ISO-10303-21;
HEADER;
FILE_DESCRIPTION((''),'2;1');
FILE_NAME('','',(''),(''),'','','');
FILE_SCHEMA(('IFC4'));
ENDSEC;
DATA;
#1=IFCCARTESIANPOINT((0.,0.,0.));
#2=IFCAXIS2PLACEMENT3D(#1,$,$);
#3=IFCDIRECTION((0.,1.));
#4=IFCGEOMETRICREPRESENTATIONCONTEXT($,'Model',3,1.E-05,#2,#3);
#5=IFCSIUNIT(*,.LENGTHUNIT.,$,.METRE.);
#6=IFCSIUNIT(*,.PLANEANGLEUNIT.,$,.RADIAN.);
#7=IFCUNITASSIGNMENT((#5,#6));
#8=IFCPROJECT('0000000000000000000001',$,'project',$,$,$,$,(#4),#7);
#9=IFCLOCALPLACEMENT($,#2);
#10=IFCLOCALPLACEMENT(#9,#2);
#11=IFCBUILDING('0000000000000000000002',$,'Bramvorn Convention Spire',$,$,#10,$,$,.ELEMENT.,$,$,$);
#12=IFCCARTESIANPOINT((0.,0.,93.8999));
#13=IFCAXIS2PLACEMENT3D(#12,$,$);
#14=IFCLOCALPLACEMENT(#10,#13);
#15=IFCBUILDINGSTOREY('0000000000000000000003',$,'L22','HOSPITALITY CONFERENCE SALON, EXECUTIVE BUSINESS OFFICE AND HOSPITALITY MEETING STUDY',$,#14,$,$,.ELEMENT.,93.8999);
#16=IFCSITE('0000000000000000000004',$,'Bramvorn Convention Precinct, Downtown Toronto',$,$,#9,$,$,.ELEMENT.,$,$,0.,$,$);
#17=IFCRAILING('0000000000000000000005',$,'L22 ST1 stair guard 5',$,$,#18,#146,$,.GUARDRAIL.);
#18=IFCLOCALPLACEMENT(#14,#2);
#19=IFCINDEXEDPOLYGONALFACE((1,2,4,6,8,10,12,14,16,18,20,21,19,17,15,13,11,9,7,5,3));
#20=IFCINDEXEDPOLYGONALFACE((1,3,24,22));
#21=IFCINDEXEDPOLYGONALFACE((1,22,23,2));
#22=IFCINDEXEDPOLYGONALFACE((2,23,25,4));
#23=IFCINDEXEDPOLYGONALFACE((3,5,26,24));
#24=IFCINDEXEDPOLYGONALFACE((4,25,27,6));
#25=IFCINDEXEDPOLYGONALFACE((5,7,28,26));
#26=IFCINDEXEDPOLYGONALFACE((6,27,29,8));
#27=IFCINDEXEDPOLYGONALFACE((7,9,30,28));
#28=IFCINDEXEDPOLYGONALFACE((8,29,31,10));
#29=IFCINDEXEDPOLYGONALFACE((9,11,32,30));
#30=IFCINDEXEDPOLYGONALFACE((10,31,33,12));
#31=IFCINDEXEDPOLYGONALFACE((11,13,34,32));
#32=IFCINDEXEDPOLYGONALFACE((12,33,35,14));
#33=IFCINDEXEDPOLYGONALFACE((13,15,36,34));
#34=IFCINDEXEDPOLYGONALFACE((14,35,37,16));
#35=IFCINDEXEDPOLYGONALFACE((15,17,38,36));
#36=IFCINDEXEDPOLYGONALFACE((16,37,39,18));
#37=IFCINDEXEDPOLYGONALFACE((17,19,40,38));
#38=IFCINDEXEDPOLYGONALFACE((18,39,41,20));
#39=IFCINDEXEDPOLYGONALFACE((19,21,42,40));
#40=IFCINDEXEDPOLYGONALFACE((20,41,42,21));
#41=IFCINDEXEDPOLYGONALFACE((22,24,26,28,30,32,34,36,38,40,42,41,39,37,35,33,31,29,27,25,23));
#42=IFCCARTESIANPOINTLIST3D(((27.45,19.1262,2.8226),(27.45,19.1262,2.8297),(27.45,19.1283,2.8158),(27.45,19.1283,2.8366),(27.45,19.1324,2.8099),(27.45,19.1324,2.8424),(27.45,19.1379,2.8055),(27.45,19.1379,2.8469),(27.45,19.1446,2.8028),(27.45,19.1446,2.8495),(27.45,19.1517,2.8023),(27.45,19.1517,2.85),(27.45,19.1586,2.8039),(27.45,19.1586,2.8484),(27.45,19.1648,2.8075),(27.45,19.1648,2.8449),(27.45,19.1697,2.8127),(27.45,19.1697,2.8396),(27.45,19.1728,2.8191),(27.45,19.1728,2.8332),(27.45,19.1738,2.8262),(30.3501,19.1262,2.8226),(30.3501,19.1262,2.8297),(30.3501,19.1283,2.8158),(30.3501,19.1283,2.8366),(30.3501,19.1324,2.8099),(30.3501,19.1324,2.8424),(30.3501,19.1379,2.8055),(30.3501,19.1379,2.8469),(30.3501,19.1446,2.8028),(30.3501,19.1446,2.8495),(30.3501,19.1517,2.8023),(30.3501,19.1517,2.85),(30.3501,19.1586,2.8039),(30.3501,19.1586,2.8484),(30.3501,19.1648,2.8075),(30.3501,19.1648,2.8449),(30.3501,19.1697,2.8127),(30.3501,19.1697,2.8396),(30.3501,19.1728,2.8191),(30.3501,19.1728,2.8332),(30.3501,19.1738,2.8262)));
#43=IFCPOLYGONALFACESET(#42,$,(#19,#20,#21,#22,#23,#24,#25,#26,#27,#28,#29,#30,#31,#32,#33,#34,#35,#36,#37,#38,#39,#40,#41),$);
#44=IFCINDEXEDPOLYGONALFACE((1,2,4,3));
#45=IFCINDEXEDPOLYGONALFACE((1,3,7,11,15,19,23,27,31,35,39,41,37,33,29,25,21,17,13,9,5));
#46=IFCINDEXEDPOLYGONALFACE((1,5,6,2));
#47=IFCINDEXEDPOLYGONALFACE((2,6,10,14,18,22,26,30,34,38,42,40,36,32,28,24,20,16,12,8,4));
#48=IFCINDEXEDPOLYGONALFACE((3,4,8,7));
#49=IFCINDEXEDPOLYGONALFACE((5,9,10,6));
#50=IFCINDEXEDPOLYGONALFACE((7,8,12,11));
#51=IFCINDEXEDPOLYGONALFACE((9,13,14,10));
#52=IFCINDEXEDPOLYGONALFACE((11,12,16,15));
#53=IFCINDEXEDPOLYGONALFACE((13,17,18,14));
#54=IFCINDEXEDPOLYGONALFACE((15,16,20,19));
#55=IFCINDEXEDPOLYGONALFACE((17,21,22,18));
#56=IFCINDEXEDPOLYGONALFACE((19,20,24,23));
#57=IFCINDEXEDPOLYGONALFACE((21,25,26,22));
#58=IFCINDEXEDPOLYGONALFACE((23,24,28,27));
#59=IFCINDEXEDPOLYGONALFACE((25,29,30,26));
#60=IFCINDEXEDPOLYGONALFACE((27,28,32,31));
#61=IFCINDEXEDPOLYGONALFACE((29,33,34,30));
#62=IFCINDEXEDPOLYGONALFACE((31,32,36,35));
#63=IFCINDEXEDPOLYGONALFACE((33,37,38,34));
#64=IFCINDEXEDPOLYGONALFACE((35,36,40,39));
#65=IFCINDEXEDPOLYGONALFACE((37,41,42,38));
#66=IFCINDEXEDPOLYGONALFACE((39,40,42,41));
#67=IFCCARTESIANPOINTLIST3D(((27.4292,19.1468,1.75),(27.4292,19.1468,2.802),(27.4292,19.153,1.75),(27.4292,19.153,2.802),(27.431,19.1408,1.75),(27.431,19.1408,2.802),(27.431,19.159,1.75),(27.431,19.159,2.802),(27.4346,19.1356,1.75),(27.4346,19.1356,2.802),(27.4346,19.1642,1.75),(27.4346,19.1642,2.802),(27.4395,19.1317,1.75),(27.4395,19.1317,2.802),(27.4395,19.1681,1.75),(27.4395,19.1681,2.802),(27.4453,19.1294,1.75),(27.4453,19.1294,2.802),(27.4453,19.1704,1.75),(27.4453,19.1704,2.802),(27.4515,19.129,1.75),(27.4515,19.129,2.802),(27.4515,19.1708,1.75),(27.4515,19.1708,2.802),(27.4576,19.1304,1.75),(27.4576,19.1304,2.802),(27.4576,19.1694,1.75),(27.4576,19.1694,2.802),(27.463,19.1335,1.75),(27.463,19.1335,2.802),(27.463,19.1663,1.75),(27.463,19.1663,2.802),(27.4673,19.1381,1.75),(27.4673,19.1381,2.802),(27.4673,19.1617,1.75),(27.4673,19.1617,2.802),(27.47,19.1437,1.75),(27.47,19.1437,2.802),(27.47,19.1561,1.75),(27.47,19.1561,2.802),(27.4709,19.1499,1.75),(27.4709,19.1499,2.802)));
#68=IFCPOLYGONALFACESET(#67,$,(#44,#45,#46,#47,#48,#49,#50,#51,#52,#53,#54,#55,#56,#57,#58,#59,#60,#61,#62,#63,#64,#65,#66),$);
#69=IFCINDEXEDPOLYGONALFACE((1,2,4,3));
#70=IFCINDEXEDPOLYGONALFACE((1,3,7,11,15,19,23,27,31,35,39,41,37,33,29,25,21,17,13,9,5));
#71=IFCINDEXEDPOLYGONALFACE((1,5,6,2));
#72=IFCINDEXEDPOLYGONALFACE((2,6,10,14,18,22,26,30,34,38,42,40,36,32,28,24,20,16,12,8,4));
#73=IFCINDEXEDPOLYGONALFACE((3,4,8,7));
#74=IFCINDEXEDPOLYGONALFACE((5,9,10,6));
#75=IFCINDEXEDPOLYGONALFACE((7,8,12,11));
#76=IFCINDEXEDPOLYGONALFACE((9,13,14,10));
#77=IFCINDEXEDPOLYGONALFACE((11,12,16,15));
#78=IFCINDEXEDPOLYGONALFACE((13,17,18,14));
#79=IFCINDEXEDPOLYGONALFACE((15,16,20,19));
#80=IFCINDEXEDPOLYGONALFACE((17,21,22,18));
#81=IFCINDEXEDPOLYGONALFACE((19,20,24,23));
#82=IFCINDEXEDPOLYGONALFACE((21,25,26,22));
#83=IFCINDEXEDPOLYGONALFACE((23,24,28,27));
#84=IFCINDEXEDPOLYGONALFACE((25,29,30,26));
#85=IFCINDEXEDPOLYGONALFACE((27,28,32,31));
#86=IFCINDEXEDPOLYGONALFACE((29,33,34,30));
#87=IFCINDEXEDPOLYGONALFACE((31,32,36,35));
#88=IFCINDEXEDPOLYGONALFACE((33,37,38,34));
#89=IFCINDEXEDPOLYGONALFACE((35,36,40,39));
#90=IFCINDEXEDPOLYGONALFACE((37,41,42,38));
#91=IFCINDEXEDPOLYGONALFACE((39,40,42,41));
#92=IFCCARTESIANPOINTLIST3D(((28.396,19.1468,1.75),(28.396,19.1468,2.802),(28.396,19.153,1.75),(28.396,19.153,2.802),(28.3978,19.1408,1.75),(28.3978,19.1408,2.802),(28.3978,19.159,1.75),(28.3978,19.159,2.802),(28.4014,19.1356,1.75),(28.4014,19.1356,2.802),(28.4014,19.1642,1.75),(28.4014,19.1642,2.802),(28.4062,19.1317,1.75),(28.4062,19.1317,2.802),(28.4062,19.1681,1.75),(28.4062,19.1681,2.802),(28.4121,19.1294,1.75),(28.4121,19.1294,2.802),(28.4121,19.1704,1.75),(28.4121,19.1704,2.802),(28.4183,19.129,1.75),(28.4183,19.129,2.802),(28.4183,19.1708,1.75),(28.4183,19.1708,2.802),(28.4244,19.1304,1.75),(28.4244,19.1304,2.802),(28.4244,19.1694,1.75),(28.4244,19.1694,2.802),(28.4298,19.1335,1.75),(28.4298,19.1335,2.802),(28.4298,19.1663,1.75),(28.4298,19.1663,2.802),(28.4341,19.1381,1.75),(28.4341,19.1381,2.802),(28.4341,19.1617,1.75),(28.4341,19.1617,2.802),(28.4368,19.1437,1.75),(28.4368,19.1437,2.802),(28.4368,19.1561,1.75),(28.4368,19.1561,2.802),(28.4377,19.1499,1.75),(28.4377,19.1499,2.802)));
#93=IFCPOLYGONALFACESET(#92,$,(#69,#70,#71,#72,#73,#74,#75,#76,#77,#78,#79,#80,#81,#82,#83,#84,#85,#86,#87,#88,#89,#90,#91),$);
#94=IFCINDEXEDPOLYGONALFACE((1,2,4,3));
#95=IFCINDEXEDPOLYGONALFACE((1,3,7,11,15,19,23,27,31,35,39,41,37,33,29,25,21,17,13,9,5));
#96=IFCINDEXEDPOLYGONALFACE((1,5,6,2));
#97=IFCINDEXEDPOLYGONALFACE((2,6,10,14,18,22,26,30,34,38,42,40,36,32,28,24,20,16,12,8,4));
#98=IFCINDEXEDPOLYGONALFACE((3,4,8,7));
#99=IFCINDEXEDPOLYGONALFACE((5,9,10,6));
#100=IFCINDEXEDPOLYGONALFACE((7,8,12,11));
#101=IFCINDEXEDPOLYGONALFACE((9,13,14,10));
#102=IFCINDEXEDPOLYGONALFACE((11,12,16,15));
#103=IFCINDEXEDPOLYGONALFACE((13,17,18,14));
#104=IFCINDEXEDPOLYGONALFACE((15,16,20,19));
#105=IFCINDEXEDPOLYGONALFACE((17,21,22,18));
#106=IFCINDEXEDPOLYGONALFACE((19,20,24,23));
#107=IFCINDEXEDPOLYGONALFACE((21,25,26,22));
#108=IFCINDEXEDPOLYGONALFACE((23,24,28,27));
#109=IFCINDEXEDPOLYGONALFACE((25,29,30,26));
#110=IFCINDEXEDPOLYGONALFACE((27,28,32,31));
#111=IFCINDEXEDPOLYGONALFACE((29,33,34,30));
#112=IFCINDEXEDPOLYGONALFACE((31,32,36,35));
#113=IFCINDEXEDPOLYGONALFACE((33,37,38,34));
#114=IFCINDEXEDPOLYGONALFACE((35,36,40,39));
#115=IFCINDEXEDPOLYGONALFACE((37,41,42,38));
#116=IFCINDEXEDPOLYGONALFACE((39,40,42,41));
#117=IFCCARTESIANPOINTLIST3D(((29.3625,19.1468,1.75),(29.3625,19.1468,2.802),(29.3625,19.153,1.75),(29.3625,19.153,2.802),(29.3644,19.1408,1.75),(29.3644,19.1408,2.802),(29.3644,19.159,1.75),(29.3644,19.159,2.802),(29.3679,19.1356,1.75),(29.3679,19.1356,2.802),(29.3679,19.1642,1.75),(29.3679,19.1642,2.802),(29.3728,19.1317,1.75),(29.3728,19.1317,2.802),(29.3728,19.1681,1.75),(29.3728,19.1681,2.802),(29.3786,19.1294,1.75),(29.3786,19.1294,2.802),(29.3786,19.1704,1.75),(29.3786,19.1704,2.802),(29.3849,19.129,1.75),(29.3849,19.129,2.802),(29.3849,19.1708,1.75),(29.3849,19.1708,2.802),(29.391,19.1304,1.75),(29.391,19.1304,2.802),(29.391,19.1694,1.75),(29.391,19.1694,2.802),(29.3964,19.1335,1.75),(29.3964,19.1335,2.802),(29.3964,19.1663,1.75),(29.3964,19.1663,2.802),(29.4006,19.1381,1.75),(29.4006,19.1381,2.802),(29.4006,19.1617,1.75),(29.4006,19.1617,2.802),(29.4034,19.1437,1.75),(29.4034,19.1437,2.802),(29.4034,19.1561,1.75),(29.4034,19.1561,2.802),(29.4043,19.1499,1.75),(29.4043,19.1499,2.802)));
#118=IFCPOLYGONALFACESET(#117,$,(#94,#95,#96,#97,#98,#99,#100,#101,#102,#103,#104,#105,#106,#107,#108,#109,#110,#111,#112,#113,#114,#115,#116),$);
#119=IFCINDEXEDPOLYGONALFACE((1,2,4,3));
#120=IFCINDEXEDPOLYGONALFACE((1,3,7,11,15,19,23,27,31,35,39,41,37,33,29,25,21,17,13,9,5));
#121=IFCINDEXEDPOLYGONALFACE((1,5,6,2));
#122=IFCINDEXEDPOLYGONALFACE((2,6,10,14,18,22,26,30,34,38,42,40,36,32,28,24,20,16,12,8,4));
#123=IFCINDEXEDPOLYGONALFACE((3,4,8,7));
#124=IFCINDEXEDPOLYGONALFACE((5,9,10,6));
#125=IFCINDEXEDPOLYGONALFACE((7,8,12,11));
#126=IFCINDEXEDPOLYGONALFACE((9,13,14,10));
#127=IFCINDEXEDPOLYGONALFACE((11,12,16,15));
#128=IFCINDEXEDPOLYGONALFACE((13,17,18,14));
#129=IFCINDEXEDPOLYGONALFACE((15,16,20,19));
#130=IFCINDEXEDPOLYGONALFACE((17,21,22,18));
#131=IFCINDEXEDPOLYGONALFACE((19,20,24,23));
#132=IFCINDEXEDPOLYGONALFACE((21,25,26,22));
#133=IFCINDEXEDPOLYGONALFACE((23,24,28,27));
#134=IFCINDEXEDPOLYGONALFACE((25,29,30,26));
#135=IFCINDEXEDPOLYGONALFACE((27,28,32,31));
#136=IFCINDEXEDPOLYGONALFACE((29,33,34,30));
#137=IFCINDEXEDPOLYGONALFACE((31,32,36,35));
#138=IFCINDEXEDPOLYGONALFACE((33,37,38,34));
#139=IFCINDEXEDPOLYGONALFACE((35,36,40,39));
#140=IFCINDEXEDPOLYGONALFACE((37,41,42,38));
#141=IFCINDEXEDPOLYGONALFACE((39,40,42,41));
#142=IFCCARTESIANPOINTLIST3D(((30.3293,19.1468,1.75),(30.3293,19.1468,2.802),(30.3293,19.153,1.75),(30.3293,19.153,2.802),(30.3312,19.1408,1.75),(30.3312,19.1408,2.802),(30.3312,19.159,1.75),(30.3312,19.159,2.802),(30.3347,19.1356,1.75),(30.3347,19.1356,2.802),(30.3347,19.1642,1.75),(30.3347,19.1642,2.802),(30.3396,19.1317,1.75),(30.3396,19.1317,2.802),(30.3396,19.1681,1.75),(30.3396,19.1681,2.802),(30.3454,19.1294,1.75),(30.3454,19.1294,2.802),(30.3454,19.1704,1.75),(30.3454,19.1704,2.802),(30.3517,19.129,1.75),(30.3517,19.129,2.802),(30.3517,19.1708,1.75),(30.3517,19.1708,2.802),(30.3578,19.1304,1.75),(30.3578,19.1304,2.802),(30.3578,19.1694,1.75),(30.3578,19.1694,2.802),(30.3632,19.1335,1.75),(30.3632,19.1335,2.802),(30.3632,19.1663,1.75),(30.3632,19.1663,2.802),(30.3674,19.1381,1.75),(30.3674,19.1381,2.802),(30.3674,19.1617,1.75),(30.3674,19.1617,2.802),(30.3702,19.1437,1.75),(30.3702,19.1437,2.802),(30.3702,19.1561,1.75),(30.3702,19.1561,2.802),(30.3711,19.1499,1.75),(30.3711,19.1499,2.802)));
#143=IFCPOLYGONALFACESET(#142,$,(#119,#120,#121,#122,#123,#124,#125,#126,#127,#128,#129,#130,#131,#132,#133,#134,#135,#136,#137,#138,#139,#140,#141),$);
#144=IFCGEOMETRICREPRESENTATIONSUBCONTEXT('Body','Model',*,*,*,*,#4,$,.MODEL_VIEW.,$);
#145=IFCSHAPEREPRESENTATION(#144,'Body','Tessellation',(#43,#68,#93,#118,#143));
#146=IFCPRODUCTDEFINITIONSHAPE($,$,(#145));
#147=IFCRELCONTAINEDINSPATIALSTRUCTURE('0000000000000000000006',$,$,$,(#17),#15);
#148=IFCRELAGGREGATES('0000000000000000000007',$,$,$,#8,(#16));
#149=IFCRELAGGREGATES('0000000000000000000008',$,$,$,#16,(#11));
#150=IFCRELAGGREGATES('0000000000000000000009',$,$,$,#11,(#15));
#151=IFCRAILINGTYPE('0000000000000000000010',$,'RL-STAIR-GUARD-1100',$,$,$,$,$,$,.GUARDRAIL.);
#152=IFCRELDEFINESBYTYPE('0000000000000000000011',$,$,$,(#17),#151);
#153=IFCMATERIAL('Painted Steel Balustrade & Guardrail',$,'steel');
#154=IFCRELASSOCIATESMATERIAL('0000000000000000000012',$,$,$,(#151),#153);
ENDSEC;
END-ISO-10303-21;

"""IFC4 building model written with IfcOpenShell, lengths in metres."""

from ifc_helpers import new_model, si_unit, direction, frame, origin, origin_2d, place, context, subcontext, project, spatial, circle, extrude, material, type_object, element, save


model = new_model("IFC4")

# Units and contexts
model_context = context("Model", 3, precision=1e-05, world=origin(), true_north=direction((0.0, 1.0)))
body_context = subcontext(model_context, "Body", "Model", "MODEL_VIEW")
ifc_project = project(units=[si_unit("LENGTHUNIT", "METRE"), si_unit("PLANEANGLEUNIT", "RADIAN")], contexts=[model_context])

# Site, building, storey
site_placement = place(None, origin())
site = spatial("IfcSite", under=ifc_project, at=site_placement, Name="Bramvorn Convention Precinct, Downtown Toronto", CompositionType="ELEMENT", RefElevation=0.0)
building_placement = place(site_placement, origin())
building = spatial("IfcBuilding", under=site, at=building_placement, Name="Bramvorn Convention Spire", CompositionType="ELEMENT")
storey_placement = place(building_placement, frame((0.0, 0.0, 93.8999)))
storey = spatial("IfcBuildingStorey", under=building, at=storey_placement, Name="L22", Description="HOSPITALITY CONFERENCE SALON, EXECUTIVE BUSINESS OFFICE AND HOSPITALITY MEETING STUDY", CompositionType="ELEMENT", Elevation=93.8999)

# Railing
ifc_material_1 = material(Name="Painted Steel Balustrade & Guardrail", Category="steel")
railing_type_1 = type_object("IfcRailingType", Name="RL-STAIR-GUARD-1100", PredefinedType="GUARDRAIL", material=ifc_material_1)
railing_1_placement = place(storey_placement, frame((27.45, 19.1499, 1.75)))
element("IfcRailing", 1, at=railing_1_placement, inside=storey, type_object=railing_type_1, Name="L22 ST1 stair guard 5", PredefinedType="GUARDRAIL", context=body_context, shape_type="SweptSolid", body=[
    extrude(circle(Radius=0.0239, at=origin_2d()), frame((0.0, 0.0, 1.0762), z_axis=(1.0, 0.0, 0.0), x_axis=(0.0, 1.0, 0.0)), (0.0, 0.0, 1.0), 2.9001),
    extrude(circle(Radius=0.021, at=origin_2d()), origin(), (0.0, 0.0, 1.0), 1.052),
    extrude(circle(Radius=0.021, at=origin_2d()), frame((0.9668, 0.0, 0.0)), (0.0, 0.0, 1.0), 1.052),
    extrude(circle(Radius=0.021, at=origin_2d()), frame((1.9333, 0.0, 0.0)), (0.0, 0.0, 1.0), 1.052),
    extrude(circle(Radius=0.021, at=origin_2d()), frame((2.9001, 0.0, 0.0)), (0.0, 0.0, 1.0), 1.052),
])

save(model, "model.ifc")
